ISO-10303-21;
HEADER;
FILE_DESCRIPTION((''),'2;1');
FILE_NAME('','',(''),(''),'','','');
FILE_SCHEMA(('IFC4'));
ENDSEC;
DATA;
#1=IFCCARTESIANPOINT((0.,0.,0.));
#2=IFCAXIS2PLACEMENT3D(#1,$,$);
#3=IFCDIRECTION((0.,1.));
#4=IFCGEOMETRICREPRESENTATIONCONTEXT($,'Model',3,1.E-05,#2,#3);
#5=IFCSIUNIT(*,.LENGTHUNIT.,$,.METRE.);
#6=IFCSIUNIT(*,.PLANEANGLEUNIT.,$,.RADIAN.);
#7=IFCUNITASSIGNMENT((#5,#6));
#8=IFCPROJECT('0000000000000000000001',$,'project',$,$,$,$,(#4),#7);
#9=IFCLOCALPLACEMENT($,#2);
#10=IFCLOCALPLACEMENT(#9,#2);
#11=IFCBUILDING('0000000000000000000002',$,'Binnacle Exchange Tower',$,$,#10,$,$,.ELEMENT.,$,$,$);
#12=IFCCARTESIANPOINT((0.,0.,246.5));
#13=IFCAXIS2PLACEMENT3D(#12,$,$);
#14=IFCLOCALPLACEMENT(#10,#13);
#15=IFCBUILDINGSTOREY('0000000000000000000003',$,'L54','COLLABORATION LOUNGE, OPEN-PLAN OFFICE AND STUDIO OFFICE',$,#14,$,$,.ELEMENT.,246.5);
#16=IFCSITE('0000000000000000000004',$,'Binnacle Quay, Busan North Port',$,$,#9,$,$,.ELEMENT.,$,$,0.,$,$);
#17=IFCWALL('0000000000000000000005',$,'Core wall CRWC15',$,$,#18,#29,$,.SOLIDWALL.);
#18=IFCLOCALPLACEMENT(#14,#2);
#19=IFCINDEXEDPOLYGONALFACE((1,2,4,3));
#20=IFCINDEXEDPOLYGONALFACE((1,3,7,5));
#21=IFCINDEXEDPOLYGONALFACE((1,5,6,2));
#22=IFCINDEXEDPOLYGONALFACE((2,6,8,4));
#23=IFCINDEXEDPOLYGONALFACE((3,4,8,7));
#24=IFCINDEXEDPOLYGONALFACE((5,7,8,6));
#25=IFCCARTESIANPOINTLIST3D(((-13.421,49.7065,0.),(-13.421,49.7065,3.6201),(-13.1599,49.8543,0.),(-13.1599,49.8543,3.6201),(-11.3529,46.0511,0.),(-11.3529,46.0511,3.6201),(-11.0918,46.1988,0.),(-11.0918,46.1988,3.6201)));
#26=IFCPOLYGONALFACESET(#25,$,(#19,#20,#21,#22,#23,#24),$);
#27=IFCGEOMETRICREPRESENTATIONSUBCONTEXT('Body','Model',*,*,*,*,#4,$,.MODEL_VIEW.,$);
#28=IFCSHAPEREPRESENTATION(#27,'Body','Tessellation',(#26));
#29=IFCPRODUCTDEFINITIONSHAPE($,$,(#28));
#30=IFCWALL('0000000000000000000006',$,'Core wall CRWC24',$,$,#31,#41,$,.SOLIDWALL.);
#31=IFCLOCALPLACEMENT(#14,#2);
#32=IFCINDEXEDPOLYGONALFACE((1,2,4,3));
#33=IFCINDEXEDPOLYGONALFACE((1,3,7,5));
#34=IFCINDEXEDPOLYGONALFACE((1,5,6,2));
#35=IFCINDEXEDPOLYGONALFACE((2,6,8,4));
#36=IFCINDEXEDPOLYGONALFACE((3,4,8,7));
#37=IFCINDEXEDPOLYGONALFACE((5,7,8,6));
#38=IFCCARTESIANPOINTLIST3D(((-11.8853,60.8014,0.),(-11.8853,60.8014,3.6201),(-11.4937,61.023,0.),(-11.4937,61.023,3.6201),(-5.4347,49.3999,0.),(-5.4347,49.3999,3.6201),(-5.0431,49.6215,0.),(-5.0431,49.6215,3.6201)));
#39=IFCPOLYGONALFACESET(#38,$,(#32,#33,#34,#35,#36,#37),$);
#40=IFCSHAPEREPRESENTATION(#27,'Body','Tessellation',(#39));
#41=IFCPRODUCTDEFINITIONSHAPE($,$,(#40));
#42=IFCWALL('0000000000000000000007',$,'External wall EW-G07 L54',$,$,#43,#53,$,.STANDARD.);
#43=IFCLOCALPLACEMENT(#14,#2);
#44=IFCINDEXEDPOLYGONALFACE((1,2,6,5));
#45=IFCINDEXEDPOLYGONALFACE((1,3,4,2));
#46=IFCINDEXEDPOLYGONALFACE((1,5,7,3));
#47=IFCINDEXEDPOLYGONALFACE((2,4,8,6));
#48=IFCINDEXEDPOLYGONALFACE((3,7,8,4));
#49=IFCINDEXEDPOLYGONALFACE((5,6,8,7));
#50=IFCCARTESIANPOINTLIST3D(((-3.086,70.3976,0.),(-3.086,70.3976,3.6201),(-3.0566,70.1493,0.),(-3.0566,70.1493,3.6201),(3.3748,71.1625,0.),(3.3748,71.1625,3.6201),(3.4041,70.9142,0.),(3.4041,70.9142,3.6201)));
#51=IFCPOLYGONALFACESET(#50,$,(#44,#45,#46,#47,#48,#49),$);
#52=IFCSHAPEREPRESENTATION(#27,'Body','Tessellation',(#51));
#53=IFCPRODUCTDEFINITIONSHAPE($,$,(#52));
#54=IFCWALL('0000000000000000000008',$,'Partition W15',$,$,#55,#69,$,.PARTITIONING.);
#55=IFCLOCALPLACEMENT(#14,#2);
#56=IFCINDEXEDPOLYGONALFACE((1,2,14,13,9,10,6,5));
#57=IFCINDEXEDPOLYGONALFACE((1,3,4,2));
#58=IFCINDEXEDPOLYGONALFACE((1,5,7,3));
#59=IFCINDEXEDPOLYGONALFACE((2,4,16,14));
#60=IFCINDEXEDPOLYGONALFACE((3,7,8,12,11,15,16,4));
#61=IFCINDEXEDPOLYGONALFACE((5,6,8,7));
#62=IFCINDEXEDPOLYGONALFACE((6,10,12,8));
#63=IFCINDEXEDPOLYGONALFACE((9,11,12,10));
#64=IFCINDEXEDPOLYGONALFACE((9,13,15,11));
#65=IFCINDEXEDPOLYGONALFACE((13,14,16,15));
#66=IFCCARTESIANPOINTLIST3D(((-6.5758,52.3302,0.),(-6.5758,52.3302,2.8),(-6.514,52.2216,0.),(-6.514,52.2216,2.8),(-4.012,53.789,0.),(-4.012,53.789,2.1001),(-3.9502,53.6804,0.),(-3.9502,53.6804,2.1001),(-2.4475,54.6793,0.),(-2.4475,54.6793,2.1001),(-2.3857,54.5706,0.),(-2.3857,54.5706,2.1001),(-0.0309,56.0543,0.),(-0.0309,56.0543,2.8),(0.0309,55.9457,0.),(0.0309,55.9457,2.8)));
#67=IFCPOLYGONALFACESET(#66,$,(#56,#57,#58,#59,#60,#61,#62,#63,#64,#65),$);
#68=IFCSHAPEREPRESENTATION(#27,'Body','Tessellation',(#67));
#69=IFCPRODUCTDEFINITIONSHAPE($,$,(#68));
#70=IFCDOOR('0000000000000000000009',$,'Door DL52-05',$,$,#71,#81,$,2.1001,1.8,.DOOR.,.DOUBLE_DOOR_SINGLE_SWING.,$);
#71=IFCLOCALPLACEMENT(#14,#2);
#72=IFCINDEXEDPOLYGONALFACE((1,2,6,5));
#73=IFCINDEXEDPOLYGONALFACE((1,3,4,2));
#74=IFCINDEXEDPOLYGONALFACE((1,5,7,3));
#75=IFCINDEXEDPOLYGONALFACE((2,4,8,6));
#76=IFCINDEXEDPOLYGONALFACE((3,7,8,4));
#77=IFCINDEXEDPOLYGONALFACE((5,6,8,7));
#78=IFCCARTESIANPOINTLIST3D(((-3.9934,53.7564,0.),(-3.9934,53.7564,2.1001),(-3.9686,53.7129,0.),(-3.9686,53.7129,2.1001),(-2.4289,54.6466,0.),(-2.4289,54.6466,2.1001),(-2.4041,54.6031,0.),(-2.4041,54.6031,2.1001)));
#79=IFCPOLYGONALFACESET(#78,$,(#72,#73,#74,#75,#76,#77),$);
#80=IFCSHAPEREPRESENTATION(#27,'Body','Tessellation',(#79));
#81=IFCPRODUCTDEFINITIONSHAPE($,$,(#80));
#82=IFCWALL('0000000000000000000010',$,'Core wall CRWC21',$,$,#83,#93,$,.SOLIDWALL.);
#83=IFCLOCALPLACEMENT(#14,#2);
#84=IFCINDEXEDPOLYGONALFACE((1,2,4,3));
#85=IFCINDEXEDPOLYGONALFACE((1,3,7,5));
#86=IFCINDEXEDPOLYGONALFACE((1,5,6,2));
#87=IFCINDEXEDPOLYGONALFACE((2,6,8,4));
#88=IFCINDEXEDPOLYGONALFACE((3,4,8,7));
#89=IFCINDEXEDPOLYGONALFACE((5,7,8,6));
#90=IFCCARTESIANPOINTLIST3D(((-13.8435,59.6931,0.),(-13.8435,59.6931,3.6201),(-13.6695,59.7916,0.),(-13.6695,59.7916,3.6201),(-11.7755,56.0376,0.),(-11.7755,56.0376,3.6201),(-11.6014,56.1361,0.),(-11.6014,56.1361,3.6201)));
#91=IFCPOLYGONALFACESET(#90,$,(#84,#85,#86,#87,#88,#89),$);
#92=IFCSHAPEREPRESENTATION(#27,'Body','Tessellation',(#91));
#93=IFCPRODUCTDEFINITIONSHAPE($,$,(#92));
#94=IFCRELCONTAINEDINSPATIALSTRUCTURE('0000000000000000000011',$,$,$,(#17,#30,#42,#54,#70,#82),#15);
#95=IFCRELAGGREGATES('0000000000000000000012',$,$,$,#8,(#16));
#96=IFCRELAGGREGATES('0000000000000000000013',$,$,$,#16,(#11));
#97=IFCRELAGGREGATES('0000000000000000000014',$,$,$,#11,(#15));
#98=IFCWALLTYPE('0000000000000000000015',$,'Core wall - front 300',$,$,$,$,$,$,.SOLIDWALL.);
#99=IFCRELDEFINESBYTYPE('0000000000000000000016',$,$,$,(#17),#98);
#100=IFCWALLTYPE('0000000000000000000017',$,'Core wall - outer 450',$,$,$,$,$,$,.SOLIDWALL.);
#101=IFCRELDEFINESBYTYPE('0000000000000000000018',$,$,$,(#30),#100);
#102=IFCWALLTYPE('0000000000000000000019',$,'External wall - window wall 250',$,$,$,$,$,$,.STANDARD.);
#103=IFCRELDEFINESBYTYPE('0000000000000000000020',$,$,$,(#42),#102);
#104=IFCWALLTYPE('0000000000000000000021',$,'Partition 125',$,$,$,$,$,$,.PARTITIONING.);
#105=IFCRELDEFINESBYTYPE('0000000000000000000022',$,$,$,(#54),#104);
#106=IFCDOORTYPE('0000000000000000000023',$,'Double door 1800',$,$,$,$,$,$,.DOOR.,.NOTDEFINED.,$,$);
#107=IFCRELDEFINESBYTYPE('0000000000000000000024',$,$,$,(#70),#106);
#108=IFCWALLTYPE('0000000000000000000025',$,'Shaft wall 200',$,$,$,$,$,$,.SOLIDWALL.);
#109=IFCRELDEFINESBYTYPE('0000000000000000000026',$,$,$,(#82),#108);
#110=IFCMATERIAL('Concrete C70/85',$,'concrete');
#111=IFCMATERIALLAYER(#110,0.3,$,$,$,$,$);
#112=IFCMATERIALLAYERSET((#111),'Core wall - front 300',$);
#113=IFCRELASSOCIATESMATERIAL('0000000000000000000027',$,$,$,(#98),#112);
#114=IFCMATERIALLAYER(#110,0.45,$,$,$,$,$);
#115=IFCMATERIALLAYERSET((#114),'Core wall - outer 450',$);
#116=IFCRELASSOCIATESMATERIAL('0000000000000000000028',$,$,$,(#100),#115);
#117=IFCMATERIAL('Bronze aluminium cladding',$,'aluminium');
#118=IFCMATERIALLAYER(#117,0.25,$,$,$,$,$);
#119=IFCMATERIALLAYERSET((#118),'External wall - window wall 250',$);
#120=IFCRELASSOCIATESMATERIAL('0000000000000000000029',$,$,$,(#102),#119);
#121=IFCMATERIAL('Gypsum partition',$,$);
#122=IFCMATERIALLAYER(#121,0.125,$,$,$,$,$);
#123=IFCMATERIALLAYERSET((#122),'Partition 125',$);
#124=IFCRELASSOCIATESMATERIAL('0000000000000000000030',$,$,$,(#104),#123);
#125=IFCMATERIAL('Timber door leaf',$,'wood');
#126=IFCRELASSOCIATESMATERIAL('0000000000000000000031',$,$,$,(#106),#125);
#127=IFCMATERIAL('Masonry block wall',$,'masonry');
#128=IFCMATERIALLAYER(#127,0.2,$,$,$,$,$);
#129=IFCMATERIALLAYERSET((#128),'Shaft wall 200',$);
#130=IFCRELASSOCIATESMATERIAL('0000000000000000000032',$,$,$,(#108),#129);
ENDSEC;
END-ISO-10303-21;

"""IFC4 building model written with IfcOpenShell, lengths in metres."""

from ifc_helpers import new_model, si_unit, direction, frame, frame_2d, origin, place, context, subcontext, project, spatial, rectangle, extrude, material, layer, layer_set, type_object, element, fill, save


model = new_model("IFC4")

# Units and contexts
model_context = context("Model", 3, precision=1e-05, world=origin(), true_north=direction((0.0, 1.0)))
body_context = subcontext(model_context, "Body", "Model", "MODEL_VIEW")
ifc_project = project(units=[si_unit("LENGTHUNIT", "METRE"), si_unit("PLANEANGLEUNIT", "RADIAN")], contexts=[model_context])

# Site, building, storey
site_placement = place(None, origin())
site = spatial("IfcSite", under=ifc_project, at=site_placement, Name="Binnacle Quay, Busan North Port", CompositionType="ELEMENT", RefElevation=0.0)
building_placement = place(site_placement, origin())
building = spatial("IfcBuilding", under=site, at=building_placement, Name="Binnacle Exchange Tower", CompositionType="ELEMENT")
storey_placement = place(building_placement, frame((0.0, 0.0, 246.5)))
storey = spatial("IfcBuildingStorey", under=building, at=storey_placement, Name="L54", Description="COLLABORATION LOUNGE, OPEN-PLAN OFFICE AND STUDIO OFFICE", CompositionType="ELEMENT", Elevation=246.5)

# Shared definitions
ifc_material_1 = material(Name="Concrete C70/85", Category="concrete")
ifc_layer_1 = layer(ifc_material_1, 0.3)
ifc_layer_set_1 = layer_set([ifc_layer_1], Name="Core wall - front 300")
wall_type_1 = type_object("IfcWallType", Name="Core wall - front 300", PredefinedType="SOLIDWALL", material=ifc_layer_set_1)

# Walls
wall_1_placement = place(storey_placement, frame((-13.2905, 49.7805, 0.0), z_axis=(0.0, 0.0, 1.0), x_axis=(0.49241, -0.870364, 0.0)))
element("IfcWall", 1, at=wall_1_placement, inside=storey, type_object=wall_type_1, Name="Core wall CRWC15", PredefinedType="SOLIDWALL", context=body_context, shape_type="SweptSolid", body=[
    extrude(rectangle(XDim=4.2, YDim=0.3, at=frame_2d((2.1001, 0.0))), origin(), (0.0, 0.0, 1.0), 3.6201),
])
ifc_layer_2 = layer(ifc_material_1, 0.45)
ifc_layer_set_2 = layer_set([ifc_layer_2], Name="Core wall - outer 450")
wall_type_2 = type_object("IfcWallType", Name="Core wall - outer 450", PredefinedType="SOLIDWALL", material=ifc_layer_set_2)
wall_2_placement = place(storey_placement, frame((-11.6895, 60.9121, 0.0), z_axis=(0.0, 0.0, 1.0), x_axis=(0.492421, -0.870357, 0.0)))
element("IfcWall", 2, at=wall_2_placement, inside=storey, type_object=wall_type_2, Name="Core wall CRWC24", PredefinedType="SOLIDWALL", context=body_context, shape_type="SweptSolid", body=[
    extrude(rectangle(XDim=13.0999, YDim=0.45, at=frame_2d((6.5498, 0.0))), origin(), (0.0, 0.0, 1.0), 3.6201),
])
ifc_material_2 = material(Name="Bronze aluminium cladding", Category="aluminium")
ifc_layer_3 = layer(ifc_material_2, 0.25)
ifc_layer_set_3 = layer_set([ifc_layer_3], Name="External wall - window wall 250")
wall_type_3 = type_object("IfcWallType", Name="External wall - window wall 250", PredefinedType="STANDARD", material=ifc_layer_set_3)
wall_3_placement = place(storey_placement, frame((-3.0713, 70.2734, 0.0), z_axis=(0.0, 0.0, 1.0), x_axis=(0.993065, 0.117571, 0.0)))
element("IfcWall", 3, at=wall_3_placement, inside=storey, type_object=wall_type_3, Name="External wall EW-G07 L54", PredefinedType="STANDARD", context=body_context, shape_type="SweptSolid", body=[
    extrude(rectangle(XDim=6.5059, YDim=0.25, at=frame_2d((3.2529, 0.0))), origin(), (0.0, 0.0, 1.0), 3.6201),
])

# Wall, opening, door
ifc_material_3 = material(Name="Gypsum partition")
ifc_layer_4 = layer(ifc_material_3, 0.125)
ifc_layer_set_4 = layer_set([ifc_layer_4], Name="Partition 125")
wall_type_4 = type_object("IfcWallType", Name="Partition 125", PredefinedType="PARTITIONING", material=ifc_layer_set_4)
wall_4_placement = place(storey_placement, frame((-6.5449, 52.2759, 0.0), z_axis=(0.0, 0.0, 1.0), x_axis=(0.869147, 0.494553, 0.0)))
wall_4 = element("IfcWall", 4, at=wall_4_placement, inside=storey, type_object=wall_type_4, Name="Partition W15", PredefinedType="PARTITIONING", context=body_context, shape_type="SweptSolid", body=[
    extrude(rectangle(XDim=7.5303, YDim=0.125, at=frame_2d((3.7651, 0.0))), origin(), (0.0, 0.0, 1.0), 2.8),
])
opening_1_placement = place(wall_4_placement, frame((2.95, 0.0, 0.0)))
opening_1 = element("IfcOpeningElement", 5, at=opening_1_placement, cuts=wall_4, PredefinedType="OPENING", context=body_context, shape_type="SweptSolid", body=[
    extrude(rectangle(XDim=1.8, YDim=2.1001, at=frame_2d((0.8999, 1.05))), frame((0.0, 0.0725, 0.0), z_axis=(0.0, -1.0, 0.0), x_axis=(1.0, 0.0, 0.0)), (0.0, 0.0, 1.0), 0.145),
])
ifc_material_4 = material(Name="Timber door leaf", Category="wood")
door_type_1 = type_object("IfcDoorType", Name="Double door 1800", OperationType="NOTDEFINED", PredefinedType="DOOR", material=ifc_material_4)
door_1_placement = place(opening_1_placement, origin())
door_1 = element("IfcDoor", 6, at=door_1_placement, inside=storey, type_object=door_type_1, Name="Door DL52-05", OperationType="DOUBLE_DOOR_SINGLE_SWING", OverallHeight=2.1001, OverallWidth=1.8, PredefinedType="DOOR", context=body_context, shape_type="SweptSolid", body=[
    extrude(rectangle(XDim=1.8, YDim=2.1001, at=frame_2d((0.8999, 1.05))), frame((0.0, 0.0249, 0.0), z_axis=(0.0, -1.0, 0.0), x_axis=(1.0, 0.0, 0.0)), (0.0, 0.0, 1.0), 0.05),
])
fill(opening_1, door_1)

# Wall
ifc_material_5 = material(Name="Masonry block wall", Category="masonry")
ifc_layer_5 = layer(ifc_material_5, 0.2)
ifc_layer_set_5 = layer_set([ifc_layer_5], Name="Shaft wall 200")
wall_type_5 = type_object("IfcWallType", Name="Shaft wall 200", PredefinedType="SOLIDWALL", material=ifc_layer_set_5)
wall_5_placement = place(storey_placement, frame((-13.7566, 59.7424, 0.0), z_axis=(0.0, 0.0, 1.0), x_axis=(0.49241, -0.870364, 0.0)))
element("IfcWall", 7, at=wall_5_placement, inside=storey, type_object=wall_type_5, Name="Core wall CRWC21", PredefinedType="SOLIDWALL", context=body_context, shape_type="SweptSolid", body=[
    extrude(rectangle(XDim=4.2, YDim=0.2, at=frame_2d((2.1001, 0.0))), origin(), (0.0, 0.0, 1.0), 3.6201),
])

save(model, "model.ifc")
